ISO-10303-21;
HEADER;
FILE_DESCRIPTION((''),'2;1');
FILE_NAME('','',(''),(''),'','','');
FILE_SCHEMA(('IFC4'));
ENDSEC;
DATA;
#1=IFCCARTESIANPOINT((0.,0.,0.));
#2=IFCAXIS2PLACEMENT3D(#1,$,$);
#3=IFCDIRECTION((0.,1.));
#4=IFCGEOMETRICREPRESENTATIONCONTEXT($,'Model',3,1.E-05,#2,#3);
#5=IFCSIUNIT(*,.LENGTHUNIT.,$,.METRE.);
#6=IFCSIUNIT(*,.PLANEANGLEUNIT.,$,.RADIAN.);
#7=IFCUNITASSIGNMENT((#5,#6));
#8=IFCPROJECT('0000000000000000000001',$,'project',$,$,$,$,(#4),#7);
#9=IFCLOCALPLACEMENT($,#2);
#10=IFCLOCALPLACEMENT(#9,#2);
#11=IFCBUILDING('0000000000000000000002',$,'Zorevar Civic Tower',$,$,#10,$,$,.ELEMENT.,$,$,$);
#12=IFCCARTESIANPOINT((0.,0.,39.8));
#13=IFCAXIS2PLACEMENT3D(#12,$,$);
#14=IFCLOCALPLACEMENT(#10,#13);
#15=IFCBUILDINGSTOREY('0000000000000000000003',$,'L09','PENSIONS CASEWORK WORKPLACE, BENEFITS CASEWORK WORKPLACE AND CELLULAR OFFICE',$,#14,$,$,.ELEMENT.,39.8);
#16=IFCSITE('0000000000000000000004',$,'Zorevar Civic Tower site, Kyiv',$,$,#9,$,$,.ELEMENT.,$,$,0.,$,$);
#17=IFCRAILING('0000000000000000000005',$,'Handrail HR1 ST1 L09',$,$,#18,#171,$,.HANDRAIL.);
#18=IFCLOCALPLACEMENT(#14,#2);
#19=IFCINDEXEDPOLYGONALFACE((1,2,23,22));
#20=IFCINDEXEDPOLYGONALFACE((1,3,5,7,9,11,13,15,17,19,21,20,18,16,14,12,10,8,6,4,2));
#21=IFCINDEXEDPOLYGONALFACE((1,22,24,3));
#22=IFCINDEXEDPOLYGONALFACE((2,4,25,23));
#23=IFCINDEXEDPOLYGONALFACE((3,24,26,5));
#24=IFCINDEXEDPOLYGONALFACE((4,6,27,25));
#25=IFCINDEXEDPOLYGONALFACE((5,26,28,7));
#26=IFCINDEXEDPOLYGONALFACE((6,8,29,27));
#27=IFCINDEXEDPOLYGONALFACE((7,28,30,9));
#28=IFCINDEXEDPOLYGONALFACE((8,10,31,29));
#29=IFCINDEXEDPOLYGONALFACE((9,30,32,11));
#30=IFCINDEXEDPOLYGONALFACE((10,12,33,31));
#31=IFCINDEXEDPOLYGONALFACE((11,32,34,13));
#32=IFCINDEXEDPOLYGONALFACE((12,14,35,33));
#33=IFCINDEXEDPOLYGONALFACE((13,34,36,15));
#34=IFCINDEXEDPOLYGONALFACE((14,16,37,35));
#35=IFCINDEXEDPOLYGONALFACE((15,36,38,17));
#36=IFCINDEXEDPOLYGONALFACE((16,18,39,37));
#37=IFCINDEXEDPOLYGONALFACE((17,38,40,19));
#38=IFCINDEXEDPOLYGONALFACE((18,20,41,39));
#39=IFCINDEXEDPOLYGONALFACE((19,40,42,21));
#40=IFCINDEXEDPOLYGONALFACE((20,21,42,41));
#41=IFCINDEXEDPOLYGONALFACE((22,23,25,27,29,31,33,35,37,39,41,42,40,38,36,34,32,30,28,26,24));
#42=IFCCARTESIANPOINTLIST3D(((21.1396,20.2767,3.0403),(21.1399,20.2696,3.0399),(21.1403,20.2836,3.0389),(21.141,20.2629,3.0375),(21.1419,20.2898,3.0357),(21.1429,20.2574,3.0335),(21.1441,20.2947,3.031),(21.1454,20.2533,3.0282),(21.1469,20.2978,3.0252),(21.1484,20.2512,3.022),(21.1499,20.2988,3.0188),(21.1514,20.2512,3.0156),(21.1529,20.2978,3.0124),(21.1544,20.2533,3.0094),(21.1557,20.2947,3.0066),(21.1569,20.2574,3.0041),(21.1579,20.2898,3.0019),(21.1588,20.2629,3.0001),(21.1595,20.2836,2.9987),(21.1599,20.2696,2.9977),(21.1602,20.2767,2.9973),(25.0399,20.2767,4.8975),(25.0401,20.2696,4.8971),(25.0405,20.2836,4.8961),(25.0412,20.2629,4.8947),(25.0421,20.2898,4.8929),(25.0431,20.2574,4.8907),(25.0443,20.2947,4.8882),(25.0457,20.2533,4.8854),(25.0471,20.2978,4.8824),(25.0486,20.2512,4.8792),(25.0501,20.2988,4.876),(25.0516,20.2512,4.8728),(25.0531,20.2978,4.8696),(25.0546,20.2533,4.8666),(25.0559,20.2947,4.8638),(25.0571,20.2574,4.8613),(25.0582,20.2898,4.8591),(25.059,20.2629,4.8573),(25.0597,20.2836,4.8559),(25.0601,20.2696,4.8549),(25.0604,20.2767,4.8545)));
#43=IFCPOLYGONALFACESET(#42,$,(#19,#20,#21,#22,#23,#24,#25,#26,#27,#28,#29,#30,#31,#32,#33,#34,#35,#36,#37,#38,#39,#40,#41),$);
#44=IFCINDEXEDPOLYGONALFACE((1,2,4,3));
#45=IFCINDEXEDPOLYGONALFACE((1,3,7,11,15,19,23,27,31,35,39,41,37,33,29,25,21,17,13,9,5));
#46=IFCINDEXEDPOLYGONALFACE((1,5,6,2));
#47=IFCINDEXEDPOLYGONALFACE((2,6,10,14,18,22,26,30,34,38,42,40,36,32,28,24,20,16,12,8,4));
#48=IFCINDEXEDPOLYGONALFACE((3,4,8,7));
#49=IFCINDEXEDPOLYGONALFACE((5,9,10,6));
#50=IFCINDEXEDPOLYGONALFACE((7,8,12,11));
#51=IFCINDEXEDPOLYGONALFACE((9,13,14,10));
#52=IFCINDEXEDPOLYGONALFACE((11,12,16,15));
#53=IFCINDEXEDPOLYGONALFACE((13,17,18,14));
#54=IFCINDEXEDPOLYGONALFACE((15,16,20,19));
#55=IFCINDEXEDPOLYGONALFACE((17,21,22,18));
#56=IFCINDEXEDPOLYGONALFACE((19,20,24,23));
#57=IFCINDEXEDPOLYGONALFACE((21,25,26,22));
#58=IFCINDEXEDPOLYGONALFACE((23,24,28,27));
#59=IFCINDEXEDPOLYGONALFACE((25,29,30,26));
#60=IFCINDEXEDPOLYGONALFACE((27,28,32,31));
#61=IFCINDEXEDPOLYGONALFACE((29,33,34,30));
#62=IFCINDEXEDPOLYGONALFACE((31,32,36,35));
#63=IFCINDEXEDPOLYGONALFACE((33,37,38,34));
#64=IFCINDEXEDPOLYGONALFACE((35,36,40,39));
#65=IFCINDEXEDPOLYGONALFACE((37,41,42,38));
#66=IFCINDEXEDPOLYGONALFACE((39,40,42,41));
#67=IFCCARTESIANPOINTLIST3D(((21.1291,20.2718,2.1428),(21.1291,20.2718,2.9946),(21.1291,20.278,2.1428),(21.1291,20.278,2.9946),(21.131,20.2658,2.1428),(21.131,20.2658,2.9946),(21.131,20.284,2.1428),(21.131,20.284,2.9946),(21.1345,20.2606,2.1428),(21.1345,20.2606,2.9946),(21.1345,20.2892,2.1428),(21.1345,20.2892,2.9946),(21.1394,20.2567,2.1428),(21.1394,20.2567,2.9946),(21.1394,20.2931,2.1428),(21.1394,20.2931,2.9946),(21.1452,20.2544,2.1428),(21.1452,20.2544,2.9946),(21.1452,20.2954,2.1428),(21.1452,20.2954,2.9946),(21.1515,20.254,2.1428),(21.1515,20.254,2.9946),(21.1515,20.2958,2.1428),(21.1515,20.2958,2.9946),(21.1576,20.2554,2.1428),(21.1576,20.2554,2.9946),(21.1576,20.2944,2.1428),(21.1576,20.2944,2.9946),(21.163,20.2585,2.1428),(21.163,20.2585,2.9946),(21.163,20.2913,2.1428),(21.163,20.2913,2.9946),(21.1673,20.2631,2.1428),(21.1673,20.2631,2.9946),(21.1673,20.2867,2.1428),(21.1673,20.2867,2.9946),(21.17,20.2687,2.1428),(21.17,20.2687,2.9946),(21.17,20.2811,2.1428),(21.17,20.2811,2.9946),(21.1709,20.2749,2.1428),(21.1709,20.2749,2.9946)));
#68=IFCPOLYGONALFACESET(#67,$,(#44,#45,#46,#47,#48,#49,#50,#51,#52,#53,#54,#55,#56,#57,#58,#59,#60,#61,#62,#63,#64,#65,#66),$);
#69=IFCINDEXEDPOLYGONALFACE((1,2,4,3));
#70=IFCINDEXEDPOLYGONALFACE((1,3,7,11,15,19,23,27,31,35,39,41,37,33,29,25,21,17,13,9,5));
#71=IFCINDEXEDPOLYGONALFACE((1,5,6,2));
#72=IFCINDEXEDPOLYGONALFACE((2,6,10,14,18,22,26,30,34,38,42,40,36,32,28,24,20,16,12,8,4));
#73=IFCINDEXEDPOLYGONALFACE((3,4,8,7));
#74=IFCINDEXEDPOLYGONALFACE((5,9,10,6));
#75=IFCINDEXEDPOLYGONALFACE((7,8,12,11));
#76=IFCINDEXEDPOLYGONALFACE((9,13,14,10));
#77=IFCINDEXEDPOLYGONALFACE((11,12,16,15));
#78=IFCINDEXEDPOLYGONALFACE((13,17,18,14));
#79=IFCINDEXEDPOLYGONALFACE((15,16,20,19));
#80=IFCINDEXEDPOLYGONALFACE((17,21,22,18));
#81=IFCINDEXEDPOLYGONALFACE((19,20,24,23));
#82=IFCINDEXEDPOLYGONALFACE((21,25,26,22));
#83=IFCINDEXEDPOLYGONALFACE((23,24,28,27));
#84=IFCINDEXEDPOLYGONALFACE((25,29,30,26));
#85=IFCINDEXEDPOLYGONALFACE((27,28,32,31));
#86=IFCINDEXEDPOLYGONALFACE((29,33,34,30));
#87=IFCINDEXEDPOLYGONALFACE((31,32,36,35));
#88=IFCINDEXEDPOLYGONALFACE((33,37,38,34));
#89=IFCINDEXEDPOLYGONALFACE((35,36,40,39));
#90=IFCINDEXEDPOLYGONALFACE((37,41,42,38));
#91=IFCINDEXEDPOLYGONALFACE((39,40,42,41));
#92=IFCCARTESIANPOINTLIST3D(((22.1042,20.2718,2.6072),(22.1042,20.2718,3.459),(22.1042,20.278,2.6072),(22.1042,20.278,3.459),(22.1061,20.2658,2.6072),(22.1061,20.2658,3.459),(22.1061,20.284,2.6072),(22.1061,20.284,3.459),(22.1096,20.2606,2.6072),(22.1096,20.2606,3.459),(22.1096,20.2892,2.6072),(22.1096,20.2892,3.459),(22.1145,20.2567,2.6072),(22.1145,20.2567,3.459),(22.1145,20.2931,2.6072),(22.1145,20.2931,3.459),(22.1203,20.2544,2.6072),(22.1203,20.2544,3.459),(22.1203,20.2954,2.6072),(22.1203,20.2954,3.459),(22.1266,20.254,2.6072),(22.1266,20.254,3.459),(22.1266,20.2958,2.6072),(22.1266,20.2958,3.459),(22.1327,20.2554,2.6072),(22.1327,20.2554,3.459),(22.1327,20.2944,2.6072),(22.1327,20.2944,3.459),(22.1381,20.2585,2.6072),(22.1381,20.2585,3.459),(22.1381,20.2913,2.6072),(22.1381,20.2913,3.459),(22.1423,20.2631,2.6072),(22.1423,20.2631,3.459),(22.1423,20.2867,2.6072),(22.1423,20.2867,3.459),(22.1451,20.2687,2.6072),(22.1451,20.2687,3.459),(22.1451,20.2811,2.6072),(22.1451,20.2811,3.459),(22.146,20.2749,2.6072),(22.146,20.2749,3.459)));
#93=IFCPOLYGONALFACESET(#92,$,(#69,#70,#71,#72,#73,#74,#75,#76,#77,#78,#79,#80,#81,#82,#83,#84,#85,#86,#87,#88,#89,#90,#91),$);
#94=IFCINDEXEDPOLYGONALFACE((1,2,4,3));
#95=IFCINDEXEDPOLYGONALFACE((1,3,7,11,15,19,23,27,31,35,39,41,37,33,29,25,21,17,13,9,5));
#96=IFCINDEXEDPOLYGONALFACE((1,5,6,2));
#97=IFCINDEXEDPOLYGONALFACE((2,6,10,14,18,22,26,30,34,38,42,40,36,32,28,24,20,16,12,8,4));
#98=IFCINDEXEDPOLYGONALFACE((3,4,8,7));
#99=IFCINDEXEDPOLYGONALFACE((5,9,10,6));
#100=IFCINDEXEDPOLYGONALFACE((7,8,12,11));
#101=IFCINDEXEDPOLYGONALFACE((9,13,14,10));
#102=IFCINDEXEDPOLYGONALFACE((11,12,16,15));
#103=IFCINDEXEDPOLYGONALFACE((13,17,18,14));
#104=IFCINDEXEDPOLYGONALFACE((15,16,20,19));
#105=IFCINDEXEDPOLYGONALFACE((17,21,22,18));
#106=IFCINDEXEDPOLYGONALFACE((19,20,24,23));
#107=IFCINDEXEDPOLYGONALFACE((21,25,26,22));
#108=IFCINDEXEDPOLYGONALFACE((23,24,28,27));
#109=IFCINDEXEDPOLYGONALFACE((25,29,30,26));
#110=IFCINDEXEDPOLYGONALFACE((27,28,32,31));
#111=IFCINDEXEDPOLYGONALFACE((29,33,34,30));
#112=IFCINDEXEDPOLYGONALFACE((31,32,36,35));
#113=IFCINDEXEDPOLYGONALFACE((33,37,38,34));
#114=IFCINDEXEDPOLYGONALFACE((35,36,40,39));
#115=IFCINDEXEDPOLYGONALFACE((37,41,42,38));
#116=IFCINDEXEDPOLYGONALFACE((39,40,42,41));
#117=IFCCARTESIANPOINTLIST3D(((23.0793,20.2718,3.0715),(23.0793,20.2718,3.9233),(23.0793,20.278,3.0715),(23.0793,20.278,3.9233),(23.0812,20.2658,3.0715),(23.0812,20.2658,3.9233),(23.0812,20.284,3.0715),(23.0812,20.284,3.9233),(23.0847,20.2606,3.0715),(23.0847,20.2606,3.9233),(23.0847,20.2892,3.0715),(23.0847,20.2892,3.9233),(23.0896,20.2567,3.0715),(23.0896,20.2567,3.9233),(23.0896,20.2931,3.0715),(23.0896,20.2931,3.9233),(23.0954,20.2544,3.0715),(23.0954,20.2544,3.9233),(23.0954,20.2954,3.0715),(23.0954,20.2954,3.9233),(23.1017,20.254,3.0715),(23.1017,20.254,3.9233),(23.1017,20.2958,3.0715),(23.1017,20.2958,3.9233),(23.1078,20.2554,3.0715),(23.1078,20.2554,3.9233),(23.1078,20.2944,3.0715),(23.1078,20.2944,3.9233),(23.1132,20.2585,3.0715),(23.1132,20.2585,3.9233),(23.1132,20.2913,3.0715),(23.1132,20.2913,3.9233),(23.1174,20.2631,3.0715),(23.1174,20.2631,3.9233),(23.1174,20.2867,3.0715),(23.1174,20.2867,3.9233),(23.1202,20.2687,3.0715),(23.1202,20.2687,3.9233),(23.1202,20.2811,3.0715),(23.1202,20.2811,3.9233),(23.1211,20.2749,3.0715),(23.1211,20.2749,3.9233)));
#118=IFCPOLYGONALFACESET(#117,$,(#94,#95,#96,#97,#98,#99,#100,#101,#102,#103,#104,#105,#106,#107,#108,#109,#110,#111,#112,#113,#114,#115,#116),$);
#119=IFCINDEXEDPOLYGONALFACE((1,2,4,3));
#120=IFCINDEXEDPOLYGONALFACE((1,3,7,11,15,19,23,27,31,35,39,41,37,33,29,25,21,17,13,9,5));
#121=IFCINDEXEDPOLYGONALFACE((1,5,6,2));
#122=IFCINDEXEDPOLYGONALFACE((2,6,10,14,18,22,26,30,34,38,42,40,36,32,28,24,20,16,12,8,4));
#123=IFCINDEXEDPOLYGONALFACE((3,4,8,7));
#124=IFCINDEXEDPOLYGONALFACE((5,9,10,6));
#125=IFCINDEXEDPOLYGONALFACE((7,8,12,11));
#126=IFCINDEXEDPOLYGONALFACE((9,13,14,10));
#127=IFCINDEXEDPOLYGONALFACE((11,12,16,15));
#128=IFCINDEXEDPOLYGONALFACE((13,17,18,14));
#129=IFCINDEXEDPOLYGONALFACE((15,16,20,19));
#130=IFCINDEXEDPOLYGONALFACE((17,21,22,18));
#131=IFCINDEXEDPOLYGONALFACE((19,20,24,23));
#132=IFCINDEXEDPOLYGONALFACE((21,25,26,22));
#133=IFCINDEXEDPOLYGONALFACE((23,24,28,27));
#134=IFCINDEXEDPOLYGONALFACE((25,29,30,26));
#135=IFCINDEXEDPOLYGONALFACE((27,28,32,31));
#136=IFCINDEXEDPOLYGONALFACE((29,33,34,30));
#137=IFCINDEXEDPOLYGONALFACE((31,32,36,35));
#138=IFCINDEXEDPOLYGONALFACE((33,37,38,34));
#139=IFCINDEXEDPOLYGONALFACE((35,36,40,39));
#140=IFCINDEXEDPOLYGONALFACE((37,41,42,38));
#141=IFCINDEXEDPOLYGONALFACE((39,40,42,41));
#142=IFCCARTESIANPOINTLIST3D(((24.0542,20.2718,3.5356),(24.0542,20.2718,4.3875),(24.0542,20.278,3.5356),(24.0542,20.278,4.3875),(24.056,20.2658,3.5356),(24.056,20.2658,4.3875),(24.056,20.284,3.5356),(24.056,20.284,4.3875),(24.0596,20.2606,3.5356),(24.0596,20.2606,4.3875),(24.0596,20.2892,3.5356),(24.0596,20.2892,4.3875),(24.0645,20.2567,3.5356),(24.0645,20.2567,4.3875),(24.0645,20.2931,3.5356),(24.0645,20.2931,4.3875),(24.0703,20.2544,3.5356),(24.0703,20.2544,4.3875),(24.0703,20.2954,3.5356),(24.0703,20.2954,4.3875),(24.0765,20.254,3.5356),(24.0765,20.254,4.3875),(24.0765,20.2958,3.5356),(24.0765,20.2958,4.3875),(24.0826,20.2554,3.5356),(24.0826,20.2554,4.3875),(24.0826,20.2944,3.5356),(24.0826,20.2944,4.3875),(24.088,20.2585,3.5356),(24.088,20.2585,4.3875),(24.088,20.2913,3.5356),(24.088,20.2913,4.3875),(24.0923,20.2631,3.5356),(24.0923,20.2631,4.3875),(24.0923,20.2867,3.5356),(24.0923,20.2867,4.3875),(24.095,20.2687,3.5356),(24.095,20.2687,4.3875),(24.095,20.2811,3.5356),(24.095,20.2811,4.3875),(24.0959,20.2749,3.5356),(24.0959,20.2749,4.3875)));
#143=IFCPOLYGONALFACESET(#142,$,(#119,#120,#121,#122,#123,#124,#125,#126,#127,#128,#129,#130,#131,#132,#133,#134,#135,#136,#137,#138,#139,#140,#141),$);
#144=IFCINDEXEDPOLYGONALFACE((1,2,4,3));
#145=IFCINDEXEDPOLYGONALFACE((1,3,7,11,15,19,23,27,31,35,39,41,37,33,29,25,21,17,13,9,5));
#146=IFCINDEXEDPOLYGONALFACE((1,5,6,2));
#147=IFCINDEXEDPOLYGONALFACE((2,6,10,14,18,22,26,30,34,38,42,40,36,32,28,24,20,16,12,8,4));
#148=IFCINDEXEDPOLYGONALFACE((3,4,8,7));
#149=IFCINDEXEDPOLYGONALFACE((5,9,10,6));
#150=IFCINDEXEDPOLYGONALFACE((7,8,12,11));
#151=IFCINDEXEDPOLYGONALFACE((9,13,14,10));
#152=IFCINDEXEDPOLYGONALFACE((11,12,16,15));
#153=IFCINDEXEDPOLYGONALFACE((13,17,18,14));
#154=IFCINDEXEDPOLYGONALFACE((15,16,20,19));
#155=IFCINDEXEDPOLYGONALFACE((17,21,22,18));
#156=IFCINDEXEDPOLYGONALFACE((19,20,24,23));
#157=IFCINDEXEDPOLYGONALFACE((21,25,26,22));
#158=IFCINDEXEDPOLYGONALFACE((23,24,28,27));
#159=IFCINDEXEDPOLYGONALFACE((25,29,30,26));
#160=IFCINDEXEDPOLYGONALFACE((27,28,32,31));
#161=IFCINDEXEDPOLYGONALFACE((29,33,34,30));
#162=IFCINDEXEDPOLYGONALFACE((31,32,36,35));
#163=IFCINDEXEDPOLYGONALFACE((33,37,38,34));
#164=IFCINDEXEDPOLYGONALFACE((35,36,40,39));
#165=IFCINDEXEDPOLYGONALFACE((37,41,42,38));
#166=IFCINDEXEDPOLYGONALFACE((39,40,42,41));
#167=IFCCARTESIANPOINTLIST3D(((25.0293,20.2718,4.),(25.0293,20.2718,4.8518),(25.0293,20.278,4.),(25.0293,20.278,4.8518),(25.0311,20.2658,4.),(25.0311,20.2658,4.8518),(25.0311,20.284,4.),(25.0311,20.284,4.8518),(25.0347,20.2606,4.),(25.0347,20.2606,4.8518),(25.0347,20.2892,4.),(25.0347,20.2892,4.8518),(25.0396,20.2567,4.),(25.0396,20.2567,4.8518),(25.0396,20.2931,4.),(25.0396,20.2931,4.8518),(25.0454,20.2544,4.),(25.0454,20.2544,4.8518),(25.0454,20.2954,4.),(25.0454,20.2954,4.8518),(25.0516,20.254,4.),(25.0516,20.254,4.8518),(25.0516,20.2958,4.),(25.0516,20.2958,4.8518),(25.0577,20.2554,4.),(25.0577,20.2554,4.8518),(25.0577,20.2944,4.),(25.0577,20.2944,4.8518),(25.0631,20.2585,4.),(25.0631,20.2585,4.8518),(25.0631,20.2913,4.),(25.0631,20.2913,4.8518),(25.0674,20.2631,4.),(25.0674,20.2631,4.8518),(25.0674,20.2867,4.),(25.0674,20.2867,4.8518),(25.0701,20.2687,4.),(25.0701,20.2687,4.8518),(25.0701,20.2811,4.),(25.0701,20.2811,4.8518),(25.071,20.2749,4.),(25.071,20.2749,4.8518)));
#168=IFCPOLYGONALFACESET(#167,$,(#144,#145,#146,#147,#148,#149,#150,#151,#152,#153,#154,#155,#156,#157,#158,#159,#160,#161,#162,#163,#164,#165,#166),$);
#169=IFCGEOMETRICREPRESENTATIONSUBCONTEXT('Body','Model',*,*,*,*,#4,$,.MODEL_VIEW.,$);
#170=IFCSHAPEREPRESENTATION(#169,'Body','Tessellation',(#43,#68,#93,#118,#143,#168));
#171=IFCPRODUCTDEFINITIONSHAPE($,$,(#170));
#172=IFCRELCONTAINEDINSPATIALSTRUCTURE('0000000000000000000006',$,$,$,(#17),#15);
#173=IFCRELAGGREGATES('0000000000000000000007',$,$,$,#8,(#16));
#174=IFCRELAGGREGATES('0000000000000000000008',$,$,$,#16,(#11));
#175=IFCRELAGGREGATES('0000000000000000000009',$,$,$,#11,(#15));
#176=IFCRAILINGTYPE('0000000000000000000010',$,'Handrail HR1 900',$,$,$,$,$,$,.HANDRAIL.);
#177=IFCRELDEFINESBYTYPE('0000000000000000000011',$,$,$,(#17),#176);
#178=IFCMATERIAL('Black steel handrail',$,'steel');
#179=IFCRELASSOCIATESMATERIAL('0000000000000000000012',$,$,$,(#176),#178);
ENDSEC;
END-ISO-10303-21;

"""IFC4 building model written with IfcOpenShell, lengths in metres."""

from ifc_helpers import new_model, si_unit, direction, frame, origin, origin_2d, place, context, subcontext, project, spatial, circle, extrude, material, type_object, element, save


model = new_model("IFC4")

# Units and contexts
model_context = context("Model", 3, precision=1e-05, world=origin(), true_north=direction((0.0, 1.0)))
body_context = subcontext(model_context, "Body", "Model", "MODEL_VIEW")
ifc_project = project(units=[si_unit("LENGTHUNIT", "METRE"), si_unit("PLANEANGLEUNIT", "RADIAN")], contexts=[model_context])

# Site, building, storey
site_placement = place(None, origin())
site = spatial("IfcSite", under=ifc_project, at=site_placement, Name="Zorevar Civic Tower site, Kyiv", CompositionType="ELEMENT", RefElevation=0.0)
building_placement = place(site_placement, origin())
building = spatial("IfcBuilding", under=site, at=building_placement, Name="Zorevar Civic Tower", CompositionType="ELEMENT")
storey_placement = place(building_placement, frame((0.0, 0.0, 39.8)))
storey = spatial("IfcBuildingStorey", under=building, at=storey_placement, Name="L09", Description="PENSIONS CASEWORK WORKPLACE, BENEFITS CASEWORK WORKPLACE AND CELLULAR OFFICE", CompositionType="ELEMENT", Elevation=39.8)

# Railing
ifc_material_1 = material(Name="Black steel handrail", Category="steel")
railing_type = type_object("IfcRailingType", Name="Handrail HR1 900", PredefinedType="HANDRAIL", material=ifc_material_1)
railing_1_placement = place(storey_placement, frame((21.1499, 20.2749, 2.1428)))
element("IfcRailing", 1, at=railing_1_placement, inside=storey, type_object=railing_type, Name="Handrail HR1 ST1 L09", PredefinedType="HANDRAIL", context=body_context, shape_type="SweptSolid", body=[
    extrude(circle(Radius=0.0239, at=origin_2d()), frame((0.0, 0.0, 0.876), z_axis=(0.902864, 0.0, 0.429927), x_axis=(0.0, 1.0, 0.0)), (0.0, 0.0, 1.0), 4.3198),
    extrude(circle(Radius=0.021, at=origin_2d()), origin(), (0.0, 0.0, 1.0), 0.8518),
    extrude(circle(Radius=0.021, at=origin_2d()), frame((0.9751, 0.0, 0.4644)), (0.0, 0.0, 1.0), 0.8518),
    extrude(circle(Radius=0.021, at=origin_2d()), frame((1.9502, 0.0, 0.9287)), (0.0, 0.0, 1.0), 0.8518),
    extrude(circle(Radius=0.021, at=origin_2d()), frame((2.925, 0.0, 1.3928)), (0.0, 0.0, 1.0), 0.8518),
    extrude(circle(Radius=0.021, at=origin_2d()), frame((3.9001, 0.0, 1.8572)), (0.0, 0.0, 1.0), 0.8518),
])

save(model, "model.ifc")
